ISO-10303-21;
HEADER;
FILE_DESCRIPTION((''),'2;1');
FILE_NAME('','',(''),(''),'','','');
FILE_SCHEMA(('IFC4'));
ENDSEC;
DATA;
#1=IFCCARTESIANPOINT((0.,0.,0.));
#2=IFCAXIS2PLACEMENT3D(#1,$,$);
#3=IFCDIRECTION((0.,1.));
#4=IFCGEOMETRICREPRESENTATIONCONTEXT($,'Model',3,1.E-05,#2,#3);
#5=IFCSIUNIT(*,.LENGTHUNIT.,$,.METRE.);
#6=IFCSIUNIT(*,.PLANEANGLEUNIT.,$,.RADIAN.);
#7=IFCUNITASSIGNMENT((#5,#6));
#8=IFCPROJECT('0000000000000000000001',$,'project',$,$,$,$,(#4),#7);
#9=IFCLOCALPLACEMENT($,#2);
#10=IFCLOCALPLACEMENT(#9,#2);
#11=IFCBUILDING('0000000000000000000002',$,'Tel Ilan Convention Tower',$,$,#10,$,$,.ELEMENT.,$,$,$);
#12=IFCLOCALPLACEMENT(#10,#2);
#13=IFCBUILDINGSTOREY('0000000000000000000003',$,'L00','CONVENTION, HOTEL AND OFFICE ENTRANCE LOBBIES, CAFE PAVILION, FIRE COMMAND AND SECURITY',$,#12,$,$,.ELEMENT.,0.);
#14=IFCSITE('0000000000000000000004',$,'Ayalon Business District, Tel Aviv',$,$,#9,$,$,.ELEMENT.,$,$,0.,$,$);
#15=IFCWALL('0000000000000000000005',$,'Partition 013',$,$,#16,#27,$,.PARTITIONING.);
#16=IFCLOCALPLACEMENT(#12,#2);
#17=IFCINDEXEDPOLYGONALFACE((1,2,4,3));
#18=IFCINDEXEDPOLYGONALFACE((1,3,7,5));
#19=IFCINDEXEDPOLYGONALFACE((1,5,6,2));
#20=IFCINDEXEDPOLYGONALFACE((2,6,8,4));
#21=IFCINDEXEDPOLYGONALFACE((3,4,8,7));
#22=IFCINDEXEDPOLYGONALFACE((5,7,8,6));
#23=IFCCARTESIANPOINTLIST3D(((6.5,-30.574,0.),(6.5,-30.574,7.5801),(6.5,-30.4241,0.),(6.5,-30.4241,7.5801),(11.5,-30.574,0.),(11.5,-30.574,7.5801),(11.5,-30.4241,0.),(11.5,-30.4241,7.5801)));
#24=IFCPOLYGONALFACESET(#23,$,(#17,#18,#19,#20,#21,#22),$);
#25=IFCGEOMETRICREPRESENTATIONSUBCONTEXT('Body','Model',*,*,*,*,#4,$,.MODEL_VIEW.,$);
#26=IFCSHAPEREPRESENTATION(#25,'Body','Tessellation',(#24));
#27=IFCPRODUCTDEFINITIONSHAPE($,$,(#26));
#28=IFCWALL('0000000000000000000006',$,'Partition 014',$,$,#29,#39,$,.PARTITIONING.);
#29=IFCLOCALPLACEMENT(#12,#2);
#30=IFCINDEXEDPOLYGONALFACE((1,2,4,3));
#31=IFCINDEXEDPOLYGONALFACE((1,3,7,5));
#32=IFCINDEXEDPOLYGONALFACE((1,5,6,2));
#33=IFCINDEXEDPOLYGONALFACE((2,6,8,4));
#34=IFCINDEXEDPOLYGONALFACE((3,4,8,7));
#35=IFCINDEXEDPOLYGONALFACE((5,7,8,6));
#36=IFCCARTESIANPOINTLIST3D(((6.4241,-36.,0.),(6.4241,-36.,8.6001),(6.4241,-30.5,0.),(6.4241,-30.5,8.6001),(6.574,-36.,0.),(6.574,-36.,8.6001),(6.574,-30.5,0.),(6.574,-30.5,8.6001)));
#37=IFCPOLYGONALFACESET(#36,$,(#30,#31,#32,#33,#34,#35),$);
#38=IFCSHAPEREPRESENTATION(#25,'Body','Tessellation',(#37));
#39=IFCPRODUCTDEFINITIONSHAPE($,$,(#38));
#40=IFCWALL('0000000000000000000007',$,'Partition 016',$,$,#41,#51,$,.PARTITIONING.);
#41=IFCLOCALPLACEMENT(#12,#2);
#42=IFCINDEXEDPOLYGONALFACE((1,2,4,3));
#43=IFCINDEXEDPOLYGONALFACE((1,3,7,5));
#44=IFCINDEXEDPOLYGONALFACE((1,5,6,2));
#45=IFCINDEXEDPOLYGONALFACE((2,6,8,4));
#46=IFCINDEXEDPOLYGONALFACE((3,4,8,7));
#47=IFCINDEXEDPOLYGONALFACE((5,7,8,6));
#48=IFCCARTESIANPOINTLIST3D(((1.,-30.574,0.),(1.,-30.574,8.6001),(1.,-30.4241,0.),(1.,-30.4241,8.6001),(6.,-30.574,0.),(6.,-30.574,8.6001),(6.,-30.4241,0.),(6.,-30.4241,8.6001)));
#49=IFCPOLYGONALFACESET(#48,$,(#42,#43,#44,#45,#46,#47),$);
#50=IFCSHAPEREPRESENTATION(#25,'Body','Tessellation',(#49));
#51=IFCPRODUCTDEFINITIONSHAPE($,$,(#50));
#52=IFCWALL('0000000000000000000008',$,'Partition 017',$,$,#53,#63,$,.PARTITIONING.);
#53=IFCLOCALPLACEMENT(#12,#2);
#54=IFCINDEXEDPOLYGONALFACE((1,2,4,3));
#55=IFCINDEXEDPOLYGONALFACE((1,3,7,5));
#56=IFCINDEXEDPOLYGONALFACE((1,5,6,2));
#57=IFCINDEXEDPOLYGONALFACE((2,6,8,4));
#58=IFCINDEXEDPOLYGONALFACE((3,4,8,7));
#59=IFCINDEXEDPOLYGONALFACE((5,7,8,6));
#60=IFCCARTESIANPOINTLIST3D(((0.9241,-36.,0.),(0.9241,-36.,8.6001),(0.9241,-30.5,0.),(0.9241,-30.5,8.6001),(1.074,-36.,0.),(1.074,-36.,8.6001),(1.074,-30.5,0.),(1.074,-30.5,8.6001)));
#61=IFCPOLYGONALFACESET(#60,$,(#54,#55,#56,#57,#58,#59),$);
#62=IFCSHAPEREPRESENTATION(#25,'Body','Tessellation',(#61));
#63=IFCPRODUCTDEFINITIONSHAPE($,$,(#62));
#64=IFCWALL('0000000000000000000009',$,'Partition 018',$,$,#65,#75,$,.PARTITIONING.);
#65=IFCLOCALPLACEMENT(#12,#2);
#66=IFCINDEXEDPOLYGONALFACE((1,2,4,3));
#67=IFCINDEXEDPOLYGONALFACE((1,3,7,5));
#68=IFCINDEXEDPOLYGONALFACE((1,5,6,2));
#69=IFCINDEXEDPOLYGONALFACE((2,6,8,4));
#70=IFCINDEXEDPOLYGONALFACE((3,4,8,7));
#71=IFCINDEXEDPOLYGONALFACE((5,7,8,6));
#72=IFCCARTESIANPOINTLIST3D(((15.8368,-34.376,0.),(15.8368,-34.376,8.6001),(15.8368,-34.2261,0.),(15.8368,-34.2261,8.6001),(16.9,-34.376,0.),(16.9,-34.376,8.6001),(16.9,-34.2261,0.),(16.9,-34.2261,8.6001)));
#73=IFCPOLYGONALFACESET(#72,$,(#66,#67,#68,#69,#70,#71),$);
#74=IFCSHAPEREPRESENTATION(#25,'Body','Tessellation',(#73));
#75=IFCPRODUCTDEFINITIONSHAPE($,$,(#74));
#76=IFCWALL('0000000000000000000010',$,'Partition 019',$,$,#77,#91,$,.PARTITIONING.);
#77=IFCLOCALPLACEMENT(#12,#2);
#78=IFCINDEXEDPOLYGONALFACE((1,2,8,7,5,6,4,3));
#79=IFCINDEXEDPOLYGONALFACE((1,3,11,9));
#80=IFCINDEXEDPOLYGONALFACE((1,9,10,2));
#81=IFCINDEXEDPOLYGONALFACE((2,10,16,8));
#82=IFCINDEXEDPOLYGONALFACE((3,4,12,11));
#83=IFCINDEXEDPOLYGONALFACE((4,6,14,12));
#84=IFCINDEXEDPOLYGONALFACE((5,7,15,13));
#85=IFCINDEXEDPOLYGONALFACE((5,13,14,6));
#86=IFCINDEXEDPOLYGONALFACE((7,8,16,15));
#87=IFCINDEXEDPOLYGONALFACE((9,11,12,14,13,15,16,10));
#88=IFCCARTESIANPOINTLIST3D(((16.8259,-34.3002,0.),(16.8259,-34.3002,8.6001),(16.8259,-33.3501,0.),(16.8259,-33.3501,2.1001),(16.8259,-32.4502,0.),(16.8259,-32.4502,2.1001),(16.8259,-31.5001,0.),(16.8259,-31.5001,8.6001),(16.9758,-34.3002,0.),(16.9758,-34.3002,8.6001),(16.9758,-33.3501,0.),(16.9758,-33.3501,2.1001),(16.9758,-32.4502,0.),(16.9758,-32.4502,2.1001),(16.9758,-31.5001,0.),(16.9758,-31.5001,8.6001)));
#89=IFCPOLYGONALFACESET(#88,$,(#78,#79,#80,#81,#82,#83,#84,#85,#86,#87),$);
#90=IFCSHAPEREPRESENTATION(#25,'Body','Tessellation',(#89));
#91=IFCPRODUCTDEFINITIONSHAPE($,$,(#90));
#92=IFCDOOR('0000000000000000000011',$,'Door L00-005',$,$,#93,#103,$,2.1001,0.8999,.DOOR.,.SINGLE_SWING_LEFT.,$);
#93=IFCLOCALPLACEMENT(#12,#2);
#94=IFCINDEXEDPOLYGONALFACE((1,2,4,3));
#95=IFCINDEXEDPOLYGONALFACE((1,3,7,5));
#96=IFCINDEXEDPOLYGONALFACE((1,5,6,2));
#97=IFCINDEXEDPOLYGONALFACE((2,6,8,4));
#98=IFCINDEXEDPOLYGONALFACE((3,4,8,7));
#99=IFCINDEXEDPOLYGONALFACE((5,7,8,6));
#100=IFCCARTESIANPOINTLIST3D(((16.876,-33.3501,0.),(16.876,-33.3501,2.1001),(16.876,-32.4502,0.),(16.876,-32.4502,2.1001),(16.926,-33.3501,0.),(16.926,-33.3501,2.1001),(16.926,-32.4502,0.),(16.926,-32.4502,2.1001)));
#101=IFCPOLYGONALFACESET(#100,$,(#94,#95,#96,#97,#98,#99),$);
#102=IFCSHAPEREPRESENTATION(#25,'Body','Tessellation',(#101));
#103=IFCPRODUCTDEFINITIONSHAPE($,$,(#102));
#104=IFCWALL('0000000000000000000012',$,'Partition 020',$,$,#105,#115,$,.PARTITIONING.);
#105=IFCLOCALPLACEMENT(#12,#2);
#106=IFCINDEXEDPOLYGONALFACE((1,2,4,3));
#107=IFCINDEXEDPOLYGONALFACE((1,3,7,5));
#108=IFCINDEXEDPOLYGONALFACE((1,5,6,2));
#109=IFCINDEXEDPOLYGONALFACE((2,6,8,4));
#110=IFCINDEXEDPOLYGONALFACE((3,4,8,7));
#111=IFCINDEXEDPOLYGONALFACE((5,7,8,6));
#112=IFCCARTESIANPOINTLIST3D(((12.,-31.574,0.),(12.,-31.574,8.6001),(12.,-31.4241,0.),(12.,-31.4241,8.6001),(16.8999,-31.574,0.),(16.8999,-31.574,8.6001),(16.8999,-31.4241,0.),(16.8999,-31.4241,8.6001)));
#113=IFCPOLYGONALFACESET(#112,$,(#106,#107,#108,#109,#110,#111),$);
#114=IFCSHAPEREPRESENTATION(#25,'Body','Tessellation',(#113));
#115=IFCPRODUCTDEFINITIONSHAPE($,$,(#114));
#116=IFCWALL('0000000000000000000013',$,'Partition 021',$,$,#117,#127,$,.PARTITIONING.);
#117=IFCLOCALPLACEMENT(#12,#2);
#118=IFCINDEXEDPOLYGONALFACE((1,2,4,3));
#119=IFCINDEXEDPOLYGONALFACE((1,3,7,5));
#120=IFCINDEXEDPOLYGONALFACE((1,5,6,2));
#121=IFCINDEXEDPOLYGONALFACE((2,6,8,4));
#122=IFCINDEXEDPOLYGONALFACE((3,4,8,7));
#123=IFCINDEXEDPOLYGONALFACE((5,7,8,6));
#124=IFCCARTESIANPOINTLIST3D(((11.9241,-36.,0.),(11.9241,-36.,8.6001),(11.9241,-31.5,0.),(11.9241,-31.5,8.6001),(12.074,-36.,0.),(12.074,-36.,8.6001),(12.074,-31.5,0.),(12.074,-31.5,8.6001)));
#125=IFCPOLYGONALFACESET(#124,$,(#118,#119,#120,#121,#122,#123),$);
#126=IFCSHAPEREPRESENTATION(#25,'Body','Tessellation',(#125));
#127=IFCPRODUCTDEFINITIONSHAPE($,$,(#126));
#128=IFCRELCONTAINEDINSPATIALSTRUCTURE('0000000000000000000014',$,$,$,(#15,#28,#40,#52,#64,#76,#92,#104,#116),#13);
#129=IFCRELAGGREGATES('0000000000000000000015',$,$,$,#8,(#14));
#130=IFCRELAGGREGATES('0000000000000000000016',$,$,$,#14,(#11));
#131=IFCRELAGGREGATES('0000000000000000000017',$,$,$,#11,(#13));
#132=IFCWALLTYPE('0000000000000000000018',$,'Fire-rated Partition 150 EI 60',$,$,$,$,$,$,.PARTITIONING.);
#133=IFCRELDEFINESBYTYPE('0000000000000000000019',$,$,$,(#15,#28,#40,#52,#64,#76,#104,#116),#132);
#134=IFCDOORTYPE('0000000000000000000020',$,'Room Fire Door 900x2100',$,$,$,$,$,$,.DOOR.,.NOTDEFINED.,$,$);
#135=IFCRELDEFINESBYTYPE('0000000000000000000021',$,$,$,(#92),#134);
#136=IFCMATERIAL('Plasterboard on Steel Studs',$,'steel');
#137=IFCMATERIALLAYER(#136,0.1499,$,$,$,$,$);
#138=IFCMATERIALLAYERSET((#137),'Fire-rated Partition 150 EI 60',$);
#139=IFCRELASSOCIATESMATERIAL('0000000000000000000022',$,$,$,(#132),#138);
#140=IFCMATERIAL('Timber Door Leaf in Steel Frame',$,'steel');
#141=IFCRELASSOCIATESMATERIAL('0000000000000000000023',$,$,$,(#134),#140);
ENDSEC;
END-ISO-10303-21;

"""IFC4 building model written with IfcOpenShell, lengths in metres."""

from ifc_helpers import new_model, si_unit, direction, frame, frame_2d, origin, place, context, subcontext, project, spatial, rectangle, extrude, material, layer, layer_set, type_object, element, fill, save


model = new_model("IFC4")

# Units and contexts
model_context = context("Model", 3, precision=1e-05, world=origin(), true_north=direction((0.0, 1.0)))
body_context = subcontext(model_context, "Body", "Model", "MODEL_VIEW")
ifc_project = project(units=[si_unit("LENGTHUNIT", "METRE"), si_unit("PLANEANGLEUNIT", "RADIAN")], contexts=[model_context])

# Site, building, storey
site_placement = place(None, origin())
site = spatial("IfcSite", under=ifc_project, at=site_placement, Name="Ayalon Business District, Tel Aviv", CompositionType="ELEMENT", RefElevation=0.0)
building_placement = place(site_placement, origin())
building = spatial("IfcBuilding", under=site, at=building_placement, Name="Tel Ilan Convention Tower", CompositionType="ELEMENT")
storey_placement = place(building_placement, origin())
storey = spatial("IfcBuildingStorey", under=building, at=storey_placement, Name="L00", Description="CONVENTION, HOTEL AND OFFICE ENTRANCE LOBBIES, CAFE PAVILION, FIRE COMMAND AND SECURITY", CompositionType="ELEMENT", Elevation=0.0)

# Walls
ifc_material_1 = material(Name="Plasterboard on Steel Studs", Category="steel")
ifc_layer_1 = layer(ifc_material_1, 0.1499)
ifc_layer_set_1 = layer_set([ifc_layer_1], Name="Fire-rated Partition 150 EI 60")
wall_type = type_object("IfcWallType", Name="Fire-rated Partition 150 EI 60", PredefinedType="PARTITIONING", material=ifc_layer_set_1)
wall_1_placement = place(storey_placement, frame((11.5, -30.499, 0.0), z_axis=(0.0, 0.0, 1.0), x_axis=(-1.0, 0.0, 0.0)))
element("IfcWall", 1, at=wall_1_placement, inside=storey, type_object=wall_type, Name="Partition 013", PredefinedType="PARTITIONING", context=body_context, shape_type="SweptSolid", body=[
    extrude(rectangle(XDim=5.0, YDim=0.1499, at=frame_2d((2.5, 0.0))), origin(), (0.0, 0.0, 1.0), 7.5801),
])
wall_2_placement = place(storey_placement, frame((6.499, -30.5, 0.0), z_axis=(0.0, 0.0, 1.0), x_axis=(0.0, -1.0, 0.0)))
element("IfcWall", 2, at=wall_2_placement, inside=storey, type_object=wall_type, Name="Partition 014", PredefinedType="PARTITIONING", context=body_context, shape_type="SweptSolid", body=[
    extrude(rectangle(XDim=5.5, YDim=0.1499, at=frame_2d((2.75, 0.0))), origin(), (0.0, 0.0, 1.0), 8.6001),
])
wall_3_placement = place(storey_placement, frame((6.0, -30.499, 0.0), z_axis=(0.0, 0.0, 1.0), x_axis=(-1.0, 0.0, 0.0)))
element("IfcWall", 3, at=wall_3_placement, inside=storey, type_object=wall_type, Name="Partition 016", PredefinedType="PARTITIONING", context=body_context, shape_type="SweptSolid", body=[
    extrude(rectangle(XDim=5.0, YDim=0.1499, at=frame_2d((2.5, 0.0))), origin(), (0.0, 0.0, 1.0), 8.6001),
])
wall_4_placement = place(storey_placement, frame((0.999, -30.5, 0.0), z_axis=(0.0, 0.0, 1.0), x_axis=(0.0, -1.0, 0.0)))
element("IfcWall", 4, at=wall_4_placement, inside=storey, type_object=wall_type, Name="Partition 017", PredefinedType="PARTITIONING", context=body_context, shape_type="SweptSolid", body=[
    extrude(rectangle(XDim=5.5, YDim=0.1499, at=frame_2d((2.75, 0.0))), origin(), (0.0, 0.0, 1.0), 8.6001),
])
wall_5_placement = place(storey_placement, frame((15.8367, -34.301, 0.0), z_axis=(0.0, 0.0, 1.0), x_axis=(1.0, 0.0, 0.0)))
element("IfcWall", 5, at=wall_5_placement, inside=storey, type_object=wall_type, Name="Partition 018", PredefinedType="PARTITIONING", context=body_context, shape_type="SweptSolid", body=[
    extrude(rectangle(XDim=1.0632, YDim=0.1499, at=frame_2d((0.5317, 0.0))), origin(), (0.0, 0.0, 1.0), 8.6001),
])

# Wall, opening, door
wall_6_placement = place(storey_placement, frame((16.9009, -34.3, 0.0), z_axis=(0.0, 0.0, 1.0), x_axis=(0.0, 1.0, 0.0)))
wall_6 = element("IfcWall", 6, at=wall_6_placement, inside=storey, type_object=wall_type, Name="Partition 019", PredefinedType="PARTITIONING", context=body_context, shape_type="SweptSolid", body=[
    extrude(rectangle(XDim=2.8, YDim=0.1499, at=frame_2d((1.3999, 0.0))), origin(), (0.0, 0.0, 1.0), 8.6001),
])
opening_placement = place(wall_6_placement, frame((0.95, 0.0, 0.0)))
opening = element("IfcOpeningElement", 7, at=opening_placement, cuts=wall_6, PredefinedType="OPENING", context=body_context, shape_type="SweptSolid", body=[
    extrude(rectangle(XDim=0.8999, YDim=2.1001, at=frame_2d((0.45, 1.05))), frame((0.0, 0.085, 0.0), z_axis=(0.0, -1.0, 0.0), x_axis=(1.0, 0.0, 0.0)), (0.0, 0.0, 1.0), 0.1699),
])
ifc_material_2 = material(Name="Timber Door Leaf in Steel Frame", Category="steel")
door_type = type_object("IfcDoorType", Name="Room Fire Door 900x2100", OperationType="NOTDEFINED", PredefinedType="DOOR", material=ifc_material_2)
door_placement = place(opening_placement, origin())
door = element("IfcDoor", 8, at=door_placement, inside=storey, type_object=door_type, Name="Door L00-005", OperationType="SINGLE_SWING_LEFT", OverallHeight=2.1001, OverallWidth=0.8999, PredefinedType="DOOR", context=body_context, shape_type="SweptSolid", body=[
    extrude(rectangle(XDim=0.8999, YDim=2.1001, at=frame_2d((0.45, 1.05))), frame((0.0, 0.0249, 0.0), z_axis=(0.0, -1.0, 0.0), x_axis=(1.0, 0.0, 0.0)), (0.0, 0.0, 1.0), 0.05),
])
fill(opening, door)

# Walls
wall_7_placement = place(storey_placement, frame((16.8999, -31.499, 0.0), z_axis=(0.0, 0.0, 1.0), x_axis=(-1.0, 0.0, 0.0)))
element("IfcWall", 9, at=wall_7_placement, inside=storey, type_object=wall_type, Name="Partition 020", PredefinedType="PARTITIONING", context=body_context, shape_type="SweptSolid", body=[
    extrude(rectangle(XDim=4.8999, YDim=0.1499, at=frame_2d((2.45, 0.0))), origin(), (0.0, 0.0, 1.0), 8.6001),
])
wall_8_placement = place(storey_placement, frame((11.999, -31.5, 0.0), z_axis=(0.0, 0.0, 1.0), x_axis=(0.0, -1.0, 0.0)))
element("IfcWall", 10, at=wall_8_placement, inside=storey, type_object=wall_type, Name="Partition 021", PredefinedType="PARTITIONING", context=body_context, shape_type="SweptSolid", body=[
    extrude(rectangle(XDim=4.5, YDim=0.1499, at=frame_2d((2.25, 0.0))), origin(), (0.0, 0.0, 1.0), 8.6001),
])

save(model, "model.ifc")
